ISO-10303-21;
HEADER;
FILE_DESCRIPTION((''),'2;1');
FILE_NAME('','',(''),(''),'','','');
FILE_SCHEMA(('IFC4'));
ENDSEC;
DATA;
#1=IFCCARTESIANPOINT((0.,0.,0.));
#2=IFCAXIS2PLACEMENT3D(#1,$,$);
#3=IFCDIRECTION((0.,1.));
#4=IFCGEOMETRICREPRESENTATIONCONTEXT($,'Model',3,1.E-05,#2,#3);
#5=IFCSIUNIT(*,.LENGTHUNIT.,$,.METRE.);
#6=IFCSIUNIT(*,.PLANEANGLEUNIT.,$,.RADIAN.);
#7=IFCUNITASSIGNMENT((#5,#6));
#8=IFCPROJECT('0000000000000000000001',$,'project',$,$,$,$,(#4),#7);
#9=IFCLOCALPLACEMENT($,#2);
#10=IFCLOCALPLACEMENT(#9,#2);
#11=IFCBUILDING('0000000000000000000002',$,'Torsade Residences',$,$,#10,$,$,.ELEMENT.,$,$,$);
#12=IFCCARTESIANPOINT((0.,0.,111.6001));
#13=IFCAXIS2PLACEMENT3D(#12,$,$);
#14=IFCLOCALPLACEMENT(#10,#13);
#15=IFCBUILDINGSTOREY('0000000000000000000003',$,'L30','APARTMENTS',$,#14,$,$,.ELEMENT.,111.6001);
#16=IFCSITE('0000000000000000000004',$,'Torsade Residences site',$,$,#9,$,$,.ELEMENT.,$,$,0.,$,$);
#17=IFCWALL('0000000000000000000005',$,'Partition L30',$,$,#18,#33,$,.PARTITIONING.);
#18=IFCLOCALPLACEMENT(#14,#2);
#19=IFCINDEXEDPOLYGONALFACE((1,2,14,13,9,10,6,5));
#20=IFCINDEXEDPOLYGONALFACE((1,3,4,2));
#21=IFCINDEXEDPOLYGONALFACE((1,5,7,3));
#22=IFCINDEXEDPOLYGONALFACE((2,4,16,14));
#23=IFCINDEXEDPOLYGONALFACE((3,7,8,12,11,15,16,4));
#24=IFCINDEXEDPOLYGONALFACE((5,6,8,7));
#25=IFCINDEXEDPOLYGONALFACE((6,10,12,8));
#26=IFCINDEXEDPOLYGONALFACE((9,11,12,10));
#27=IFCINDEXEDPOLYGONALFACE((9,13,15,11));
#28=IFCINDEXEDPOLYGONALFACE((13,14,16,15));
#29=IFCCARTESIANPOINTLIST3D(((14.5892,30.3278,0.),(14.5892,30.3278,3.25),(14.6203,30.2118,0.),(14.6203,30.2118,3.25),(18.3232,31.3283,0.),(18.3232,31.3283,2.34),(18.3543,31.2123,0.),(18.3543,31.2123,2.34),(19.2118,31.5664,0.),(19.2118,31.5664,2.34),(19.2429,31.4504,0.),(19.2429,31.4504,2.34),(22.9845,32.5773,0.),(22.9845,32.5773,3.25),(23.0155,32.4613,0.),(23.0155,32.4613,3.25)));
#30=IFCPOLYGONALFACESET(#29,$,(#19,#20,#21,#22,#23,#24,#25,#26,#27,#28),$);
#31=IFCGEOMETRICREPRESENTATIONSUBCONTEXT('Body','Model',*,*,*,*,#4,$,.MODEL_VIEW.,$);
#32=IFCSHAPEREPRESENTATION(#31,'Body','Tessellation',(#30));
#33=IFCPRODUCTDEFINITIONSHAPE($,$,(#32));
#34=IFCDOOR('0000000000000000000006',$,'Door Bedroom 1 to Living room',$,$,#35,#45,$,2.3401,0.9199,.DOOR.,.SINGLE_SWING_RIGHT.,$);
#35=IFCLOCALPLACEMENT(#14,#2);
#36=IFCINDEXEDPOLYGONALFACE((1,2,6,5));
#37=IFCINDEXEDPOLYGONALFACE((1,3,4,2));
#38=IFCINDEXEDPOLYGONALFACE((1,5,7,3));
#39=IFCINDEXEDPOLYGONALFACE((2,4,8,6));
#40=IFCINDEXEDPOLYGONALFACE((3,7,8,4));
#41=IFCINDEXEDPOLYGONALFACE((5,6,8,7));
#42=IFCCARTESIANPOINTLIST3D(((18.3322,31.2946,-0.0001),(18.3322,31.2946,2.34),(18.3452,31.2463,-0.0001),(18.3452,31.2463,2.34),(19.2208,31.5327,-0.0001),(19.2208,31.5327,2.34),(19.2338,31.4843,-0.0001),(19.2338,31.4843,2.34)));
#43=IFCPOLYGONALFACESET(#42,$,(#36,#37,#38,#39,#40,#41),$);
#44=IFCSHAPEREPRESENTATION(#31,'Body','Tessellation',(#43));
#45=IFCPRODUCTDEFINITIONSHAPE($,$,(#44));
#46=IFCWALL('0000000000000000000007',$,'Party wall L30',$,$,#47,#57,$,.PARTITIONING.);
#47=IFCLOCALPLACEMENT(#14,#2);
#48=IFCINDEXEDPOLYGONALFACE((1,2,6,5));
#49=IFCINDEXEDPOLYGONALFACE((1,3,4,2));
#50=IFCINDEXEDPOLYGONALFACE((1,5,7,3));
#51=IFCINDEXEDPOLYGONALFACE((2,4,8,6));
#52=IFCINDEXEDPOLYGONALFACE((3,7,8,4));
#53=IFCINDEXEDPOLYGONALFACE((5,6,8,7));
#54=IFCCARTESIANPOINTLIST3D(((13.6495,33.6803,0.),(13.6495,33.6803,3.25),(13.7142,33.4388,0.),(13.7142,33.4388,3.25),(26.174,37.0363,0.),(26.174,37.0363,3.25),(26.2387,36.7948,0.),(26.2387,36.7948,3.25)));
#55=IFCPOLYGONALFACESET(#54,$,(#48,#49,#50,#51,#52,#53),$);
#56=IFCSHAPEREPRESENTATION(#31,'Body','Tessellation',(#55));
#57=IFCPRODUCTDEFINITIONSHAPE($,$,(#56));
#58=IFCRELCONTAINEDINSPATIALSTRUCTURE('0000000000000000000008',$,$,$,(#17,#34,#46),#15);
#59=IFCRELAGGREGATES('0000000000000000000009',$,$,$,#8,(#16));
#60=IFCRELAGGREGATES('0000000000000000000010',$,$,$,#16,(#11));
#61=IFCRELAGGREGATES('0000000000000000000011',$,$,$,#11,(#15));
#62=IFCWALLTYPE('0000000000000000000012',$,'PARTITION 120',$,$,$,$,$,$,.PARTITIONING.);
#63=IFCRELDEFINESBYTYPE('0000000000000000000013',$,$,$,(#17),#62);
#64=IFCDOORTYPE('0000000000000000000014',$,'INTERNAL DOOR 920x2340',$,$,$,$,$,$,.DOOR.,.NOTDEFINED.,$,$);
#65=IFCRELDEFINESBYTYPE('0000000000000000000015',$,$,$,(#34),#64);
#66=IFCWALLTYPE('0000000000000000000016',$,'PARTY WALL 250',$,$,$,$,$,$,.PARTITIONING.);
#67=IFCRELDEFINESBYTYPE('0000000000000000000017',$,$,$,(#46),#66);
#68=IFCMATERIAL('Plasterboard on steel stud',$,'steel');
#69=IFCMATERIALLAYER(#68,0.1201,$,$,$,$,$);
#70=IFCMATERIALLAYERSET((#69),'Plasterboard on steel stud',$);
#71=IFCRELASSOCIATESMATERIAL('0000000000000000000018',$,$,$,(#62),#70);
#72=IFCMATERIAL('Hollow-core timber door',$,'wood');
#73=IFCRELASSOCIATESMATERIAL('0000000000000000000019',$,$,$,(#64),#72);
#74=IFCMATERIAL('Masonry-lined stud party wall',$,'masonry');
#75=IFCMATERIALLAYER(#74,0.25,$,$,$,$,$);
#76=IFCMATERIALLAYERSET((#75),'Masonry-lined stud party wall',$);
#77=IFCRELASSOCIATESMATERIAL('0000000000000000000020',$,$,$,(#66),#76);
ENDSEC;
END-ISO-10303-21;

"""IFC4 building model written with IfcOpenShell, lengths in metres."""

from ifc_helpers import new_model, si_unit, direction, frame, frame_2d, origin, place, context, subcontext, project, spatial, rectangle, extrude, material, layer, layer_set, type_object, element, fill, save


model = new_model("IFC4")

# Units and contexts
model_context = context("Model", 3, precision=1e-05, world=origin(), true_north=direction((0.0, 1.0)))
body_context = subcontext(model_context, "Body", "Model", "MODEL_VIEW")
ifc_project = project(units=[si_unit("LENGTHUNIT", "METRE"), si_unit("PLANEANGLEUNIT", "RADIAN")], contexts=[model_context])

# Site, building, storey
site_placement = place(None, origin())
site = spatial("IfcSite", under=ifc_project, at=site_placement, Name="Torsade Residences site", CompositionType="ELEMENT", RefElevation=0.0)
building_placement = place(site_placement, origin())
building = spatial("IfcBuilding", under=site, at=building_placement, Name="Torsade Residences", CompositionType="ELEMENT")
storey_placement = place(building_placement, frame((0.0, 0.0, 111.6001)))
storey = spatial("IfcBuildingStorey", under=building, at=storey_placement, Name="L30", Description="APARTMENTS", CompositionType="ELEMENT", Elevation=111.6001)

# Shared definitions
ifc_material_1 = material(Name="Plasterboard on steel stud", Category="steel")
ifc_layer_1 = layer(ifc_material_1, 0.1201)
ifc_layer_set_1 = layer_set([ifc_layer_1], Name="Plasterboard on steel stud")
wall_type_1 = type_object("IfcWallType", Name="PARTITION 120", PredefinedType="PARTITIONING", material=ifc_layer_set_1)

# Shared definitions
ifc_material_2 = material(Name="Hollow-core timber door", Category="wood")
door_type_1 = type_object("IfcDoorType", Name="INTERNAL DOOR 920x2340", OperationType="NOTDEFINED", PredefinedType="DOOR", material=ifc_material_2)

# Wall, opening, door
wall_1_placement = place(storey_placement, frame((23.0, 32.5193, 0.0), z_axis=(0.0, 0.0, 1.0), x_axis=(-0.965926, -0.25882, 0.0)))
wall_1 = element("IfcWall", 1, at=wall_1_placement, inside=storey, type_object=wall_type_1, Name="Partition L30", PredefinedType="PARTITIONING", context=body_context, shape_type="SweptSolid", body=[
    extrude(rectangle(XDim=8.6914, YDim=0.1201, at=frame_2d((4.3457, 0.0))), origin(), (0.0, 0.0, 1.0), 3.25),
])
opening_1_placement = place(wall_1_placement, frame((3.9058, 0.0, 0.0)))
opening_1 = element("IfcOpeningElement", 2, at=opening_1_placement, cuts=wall_1, PredefinedType="OPENING", context=body_context, shape_type="SweptSolid", body=[
    extrude(rectangle(XDim=0.9199, YDim=2.3401, at=frame_2d((0.46, 1.1699))), frame((0.0, 0.0701, 0.0), z_axis=(0.0, -1.0, 0.0), x_axis=(1.0, 0.0, 0.0)), (0.0, 0.0, 1.0), 0.1401),
])
door_1_placement = place(opening_1_placement, origin())
door_1 = element("IfcDoor", 3, at=door_1_placement, inside=storey, type_object=door_type_1, Name="Door Bedroom 1 to Living room", OperationType="SINGLE_SWING_RIGHT", OverallHeight=2.3401, OverallWidth=0.9199, PredefinedType="DOOR", context=body_context, shape_type="SweptSolid", body=[
    extrude(rectangle(XDim=0.9199, YDim=2.3401, at=frame_2d((0.46, 1.1699))), frame((0.0, 0.0249, 0.0), z_axis=(0.0, -1.0, 0.0), x_axis=(1.0, 0.0, 0.0)), (0.0, 0.0, 1.0), 0.05),
])
fill(opening_1, door_1)

# Wall
ifc_material_3 = material(Name="Masonry-lined stud party wall", Category="masonry")
ifc_layer_2 = layer(ifc_material_3, 0.25)
ifc_layer_set_2 = layer_set([ifc_layer_2], Name="Masonry-lined stud party wall")
wall_type_2 = type_object("IfcWallType", Name="PARTY WALL 250", PredefinedType="PARTITIONING", material=ifc_layer_set_2)
wall_2_placement = place(storey_placement, frame((13.6819, 33.5596, 0.0), z_axis=(0.0, 0.0, 1.0), x_axis=(0.965925, 0.258823, 0.0)))
element("IfcWall", 4, at=wall_2_placement, inside=storey, type_object=wall_type_2, Name="Party wall L30", PredefinedType="PARTITIONING", context=body_context, shape_type="SweptSolid", body=[
    extrude(rectangle(XDim=12.9663, YDim=0.25, at=frame_2d((6.4832, 0.0))), origin(), (0.0, 0.0, 1.0), 3.25),
])

save(model, "model.ifc")
